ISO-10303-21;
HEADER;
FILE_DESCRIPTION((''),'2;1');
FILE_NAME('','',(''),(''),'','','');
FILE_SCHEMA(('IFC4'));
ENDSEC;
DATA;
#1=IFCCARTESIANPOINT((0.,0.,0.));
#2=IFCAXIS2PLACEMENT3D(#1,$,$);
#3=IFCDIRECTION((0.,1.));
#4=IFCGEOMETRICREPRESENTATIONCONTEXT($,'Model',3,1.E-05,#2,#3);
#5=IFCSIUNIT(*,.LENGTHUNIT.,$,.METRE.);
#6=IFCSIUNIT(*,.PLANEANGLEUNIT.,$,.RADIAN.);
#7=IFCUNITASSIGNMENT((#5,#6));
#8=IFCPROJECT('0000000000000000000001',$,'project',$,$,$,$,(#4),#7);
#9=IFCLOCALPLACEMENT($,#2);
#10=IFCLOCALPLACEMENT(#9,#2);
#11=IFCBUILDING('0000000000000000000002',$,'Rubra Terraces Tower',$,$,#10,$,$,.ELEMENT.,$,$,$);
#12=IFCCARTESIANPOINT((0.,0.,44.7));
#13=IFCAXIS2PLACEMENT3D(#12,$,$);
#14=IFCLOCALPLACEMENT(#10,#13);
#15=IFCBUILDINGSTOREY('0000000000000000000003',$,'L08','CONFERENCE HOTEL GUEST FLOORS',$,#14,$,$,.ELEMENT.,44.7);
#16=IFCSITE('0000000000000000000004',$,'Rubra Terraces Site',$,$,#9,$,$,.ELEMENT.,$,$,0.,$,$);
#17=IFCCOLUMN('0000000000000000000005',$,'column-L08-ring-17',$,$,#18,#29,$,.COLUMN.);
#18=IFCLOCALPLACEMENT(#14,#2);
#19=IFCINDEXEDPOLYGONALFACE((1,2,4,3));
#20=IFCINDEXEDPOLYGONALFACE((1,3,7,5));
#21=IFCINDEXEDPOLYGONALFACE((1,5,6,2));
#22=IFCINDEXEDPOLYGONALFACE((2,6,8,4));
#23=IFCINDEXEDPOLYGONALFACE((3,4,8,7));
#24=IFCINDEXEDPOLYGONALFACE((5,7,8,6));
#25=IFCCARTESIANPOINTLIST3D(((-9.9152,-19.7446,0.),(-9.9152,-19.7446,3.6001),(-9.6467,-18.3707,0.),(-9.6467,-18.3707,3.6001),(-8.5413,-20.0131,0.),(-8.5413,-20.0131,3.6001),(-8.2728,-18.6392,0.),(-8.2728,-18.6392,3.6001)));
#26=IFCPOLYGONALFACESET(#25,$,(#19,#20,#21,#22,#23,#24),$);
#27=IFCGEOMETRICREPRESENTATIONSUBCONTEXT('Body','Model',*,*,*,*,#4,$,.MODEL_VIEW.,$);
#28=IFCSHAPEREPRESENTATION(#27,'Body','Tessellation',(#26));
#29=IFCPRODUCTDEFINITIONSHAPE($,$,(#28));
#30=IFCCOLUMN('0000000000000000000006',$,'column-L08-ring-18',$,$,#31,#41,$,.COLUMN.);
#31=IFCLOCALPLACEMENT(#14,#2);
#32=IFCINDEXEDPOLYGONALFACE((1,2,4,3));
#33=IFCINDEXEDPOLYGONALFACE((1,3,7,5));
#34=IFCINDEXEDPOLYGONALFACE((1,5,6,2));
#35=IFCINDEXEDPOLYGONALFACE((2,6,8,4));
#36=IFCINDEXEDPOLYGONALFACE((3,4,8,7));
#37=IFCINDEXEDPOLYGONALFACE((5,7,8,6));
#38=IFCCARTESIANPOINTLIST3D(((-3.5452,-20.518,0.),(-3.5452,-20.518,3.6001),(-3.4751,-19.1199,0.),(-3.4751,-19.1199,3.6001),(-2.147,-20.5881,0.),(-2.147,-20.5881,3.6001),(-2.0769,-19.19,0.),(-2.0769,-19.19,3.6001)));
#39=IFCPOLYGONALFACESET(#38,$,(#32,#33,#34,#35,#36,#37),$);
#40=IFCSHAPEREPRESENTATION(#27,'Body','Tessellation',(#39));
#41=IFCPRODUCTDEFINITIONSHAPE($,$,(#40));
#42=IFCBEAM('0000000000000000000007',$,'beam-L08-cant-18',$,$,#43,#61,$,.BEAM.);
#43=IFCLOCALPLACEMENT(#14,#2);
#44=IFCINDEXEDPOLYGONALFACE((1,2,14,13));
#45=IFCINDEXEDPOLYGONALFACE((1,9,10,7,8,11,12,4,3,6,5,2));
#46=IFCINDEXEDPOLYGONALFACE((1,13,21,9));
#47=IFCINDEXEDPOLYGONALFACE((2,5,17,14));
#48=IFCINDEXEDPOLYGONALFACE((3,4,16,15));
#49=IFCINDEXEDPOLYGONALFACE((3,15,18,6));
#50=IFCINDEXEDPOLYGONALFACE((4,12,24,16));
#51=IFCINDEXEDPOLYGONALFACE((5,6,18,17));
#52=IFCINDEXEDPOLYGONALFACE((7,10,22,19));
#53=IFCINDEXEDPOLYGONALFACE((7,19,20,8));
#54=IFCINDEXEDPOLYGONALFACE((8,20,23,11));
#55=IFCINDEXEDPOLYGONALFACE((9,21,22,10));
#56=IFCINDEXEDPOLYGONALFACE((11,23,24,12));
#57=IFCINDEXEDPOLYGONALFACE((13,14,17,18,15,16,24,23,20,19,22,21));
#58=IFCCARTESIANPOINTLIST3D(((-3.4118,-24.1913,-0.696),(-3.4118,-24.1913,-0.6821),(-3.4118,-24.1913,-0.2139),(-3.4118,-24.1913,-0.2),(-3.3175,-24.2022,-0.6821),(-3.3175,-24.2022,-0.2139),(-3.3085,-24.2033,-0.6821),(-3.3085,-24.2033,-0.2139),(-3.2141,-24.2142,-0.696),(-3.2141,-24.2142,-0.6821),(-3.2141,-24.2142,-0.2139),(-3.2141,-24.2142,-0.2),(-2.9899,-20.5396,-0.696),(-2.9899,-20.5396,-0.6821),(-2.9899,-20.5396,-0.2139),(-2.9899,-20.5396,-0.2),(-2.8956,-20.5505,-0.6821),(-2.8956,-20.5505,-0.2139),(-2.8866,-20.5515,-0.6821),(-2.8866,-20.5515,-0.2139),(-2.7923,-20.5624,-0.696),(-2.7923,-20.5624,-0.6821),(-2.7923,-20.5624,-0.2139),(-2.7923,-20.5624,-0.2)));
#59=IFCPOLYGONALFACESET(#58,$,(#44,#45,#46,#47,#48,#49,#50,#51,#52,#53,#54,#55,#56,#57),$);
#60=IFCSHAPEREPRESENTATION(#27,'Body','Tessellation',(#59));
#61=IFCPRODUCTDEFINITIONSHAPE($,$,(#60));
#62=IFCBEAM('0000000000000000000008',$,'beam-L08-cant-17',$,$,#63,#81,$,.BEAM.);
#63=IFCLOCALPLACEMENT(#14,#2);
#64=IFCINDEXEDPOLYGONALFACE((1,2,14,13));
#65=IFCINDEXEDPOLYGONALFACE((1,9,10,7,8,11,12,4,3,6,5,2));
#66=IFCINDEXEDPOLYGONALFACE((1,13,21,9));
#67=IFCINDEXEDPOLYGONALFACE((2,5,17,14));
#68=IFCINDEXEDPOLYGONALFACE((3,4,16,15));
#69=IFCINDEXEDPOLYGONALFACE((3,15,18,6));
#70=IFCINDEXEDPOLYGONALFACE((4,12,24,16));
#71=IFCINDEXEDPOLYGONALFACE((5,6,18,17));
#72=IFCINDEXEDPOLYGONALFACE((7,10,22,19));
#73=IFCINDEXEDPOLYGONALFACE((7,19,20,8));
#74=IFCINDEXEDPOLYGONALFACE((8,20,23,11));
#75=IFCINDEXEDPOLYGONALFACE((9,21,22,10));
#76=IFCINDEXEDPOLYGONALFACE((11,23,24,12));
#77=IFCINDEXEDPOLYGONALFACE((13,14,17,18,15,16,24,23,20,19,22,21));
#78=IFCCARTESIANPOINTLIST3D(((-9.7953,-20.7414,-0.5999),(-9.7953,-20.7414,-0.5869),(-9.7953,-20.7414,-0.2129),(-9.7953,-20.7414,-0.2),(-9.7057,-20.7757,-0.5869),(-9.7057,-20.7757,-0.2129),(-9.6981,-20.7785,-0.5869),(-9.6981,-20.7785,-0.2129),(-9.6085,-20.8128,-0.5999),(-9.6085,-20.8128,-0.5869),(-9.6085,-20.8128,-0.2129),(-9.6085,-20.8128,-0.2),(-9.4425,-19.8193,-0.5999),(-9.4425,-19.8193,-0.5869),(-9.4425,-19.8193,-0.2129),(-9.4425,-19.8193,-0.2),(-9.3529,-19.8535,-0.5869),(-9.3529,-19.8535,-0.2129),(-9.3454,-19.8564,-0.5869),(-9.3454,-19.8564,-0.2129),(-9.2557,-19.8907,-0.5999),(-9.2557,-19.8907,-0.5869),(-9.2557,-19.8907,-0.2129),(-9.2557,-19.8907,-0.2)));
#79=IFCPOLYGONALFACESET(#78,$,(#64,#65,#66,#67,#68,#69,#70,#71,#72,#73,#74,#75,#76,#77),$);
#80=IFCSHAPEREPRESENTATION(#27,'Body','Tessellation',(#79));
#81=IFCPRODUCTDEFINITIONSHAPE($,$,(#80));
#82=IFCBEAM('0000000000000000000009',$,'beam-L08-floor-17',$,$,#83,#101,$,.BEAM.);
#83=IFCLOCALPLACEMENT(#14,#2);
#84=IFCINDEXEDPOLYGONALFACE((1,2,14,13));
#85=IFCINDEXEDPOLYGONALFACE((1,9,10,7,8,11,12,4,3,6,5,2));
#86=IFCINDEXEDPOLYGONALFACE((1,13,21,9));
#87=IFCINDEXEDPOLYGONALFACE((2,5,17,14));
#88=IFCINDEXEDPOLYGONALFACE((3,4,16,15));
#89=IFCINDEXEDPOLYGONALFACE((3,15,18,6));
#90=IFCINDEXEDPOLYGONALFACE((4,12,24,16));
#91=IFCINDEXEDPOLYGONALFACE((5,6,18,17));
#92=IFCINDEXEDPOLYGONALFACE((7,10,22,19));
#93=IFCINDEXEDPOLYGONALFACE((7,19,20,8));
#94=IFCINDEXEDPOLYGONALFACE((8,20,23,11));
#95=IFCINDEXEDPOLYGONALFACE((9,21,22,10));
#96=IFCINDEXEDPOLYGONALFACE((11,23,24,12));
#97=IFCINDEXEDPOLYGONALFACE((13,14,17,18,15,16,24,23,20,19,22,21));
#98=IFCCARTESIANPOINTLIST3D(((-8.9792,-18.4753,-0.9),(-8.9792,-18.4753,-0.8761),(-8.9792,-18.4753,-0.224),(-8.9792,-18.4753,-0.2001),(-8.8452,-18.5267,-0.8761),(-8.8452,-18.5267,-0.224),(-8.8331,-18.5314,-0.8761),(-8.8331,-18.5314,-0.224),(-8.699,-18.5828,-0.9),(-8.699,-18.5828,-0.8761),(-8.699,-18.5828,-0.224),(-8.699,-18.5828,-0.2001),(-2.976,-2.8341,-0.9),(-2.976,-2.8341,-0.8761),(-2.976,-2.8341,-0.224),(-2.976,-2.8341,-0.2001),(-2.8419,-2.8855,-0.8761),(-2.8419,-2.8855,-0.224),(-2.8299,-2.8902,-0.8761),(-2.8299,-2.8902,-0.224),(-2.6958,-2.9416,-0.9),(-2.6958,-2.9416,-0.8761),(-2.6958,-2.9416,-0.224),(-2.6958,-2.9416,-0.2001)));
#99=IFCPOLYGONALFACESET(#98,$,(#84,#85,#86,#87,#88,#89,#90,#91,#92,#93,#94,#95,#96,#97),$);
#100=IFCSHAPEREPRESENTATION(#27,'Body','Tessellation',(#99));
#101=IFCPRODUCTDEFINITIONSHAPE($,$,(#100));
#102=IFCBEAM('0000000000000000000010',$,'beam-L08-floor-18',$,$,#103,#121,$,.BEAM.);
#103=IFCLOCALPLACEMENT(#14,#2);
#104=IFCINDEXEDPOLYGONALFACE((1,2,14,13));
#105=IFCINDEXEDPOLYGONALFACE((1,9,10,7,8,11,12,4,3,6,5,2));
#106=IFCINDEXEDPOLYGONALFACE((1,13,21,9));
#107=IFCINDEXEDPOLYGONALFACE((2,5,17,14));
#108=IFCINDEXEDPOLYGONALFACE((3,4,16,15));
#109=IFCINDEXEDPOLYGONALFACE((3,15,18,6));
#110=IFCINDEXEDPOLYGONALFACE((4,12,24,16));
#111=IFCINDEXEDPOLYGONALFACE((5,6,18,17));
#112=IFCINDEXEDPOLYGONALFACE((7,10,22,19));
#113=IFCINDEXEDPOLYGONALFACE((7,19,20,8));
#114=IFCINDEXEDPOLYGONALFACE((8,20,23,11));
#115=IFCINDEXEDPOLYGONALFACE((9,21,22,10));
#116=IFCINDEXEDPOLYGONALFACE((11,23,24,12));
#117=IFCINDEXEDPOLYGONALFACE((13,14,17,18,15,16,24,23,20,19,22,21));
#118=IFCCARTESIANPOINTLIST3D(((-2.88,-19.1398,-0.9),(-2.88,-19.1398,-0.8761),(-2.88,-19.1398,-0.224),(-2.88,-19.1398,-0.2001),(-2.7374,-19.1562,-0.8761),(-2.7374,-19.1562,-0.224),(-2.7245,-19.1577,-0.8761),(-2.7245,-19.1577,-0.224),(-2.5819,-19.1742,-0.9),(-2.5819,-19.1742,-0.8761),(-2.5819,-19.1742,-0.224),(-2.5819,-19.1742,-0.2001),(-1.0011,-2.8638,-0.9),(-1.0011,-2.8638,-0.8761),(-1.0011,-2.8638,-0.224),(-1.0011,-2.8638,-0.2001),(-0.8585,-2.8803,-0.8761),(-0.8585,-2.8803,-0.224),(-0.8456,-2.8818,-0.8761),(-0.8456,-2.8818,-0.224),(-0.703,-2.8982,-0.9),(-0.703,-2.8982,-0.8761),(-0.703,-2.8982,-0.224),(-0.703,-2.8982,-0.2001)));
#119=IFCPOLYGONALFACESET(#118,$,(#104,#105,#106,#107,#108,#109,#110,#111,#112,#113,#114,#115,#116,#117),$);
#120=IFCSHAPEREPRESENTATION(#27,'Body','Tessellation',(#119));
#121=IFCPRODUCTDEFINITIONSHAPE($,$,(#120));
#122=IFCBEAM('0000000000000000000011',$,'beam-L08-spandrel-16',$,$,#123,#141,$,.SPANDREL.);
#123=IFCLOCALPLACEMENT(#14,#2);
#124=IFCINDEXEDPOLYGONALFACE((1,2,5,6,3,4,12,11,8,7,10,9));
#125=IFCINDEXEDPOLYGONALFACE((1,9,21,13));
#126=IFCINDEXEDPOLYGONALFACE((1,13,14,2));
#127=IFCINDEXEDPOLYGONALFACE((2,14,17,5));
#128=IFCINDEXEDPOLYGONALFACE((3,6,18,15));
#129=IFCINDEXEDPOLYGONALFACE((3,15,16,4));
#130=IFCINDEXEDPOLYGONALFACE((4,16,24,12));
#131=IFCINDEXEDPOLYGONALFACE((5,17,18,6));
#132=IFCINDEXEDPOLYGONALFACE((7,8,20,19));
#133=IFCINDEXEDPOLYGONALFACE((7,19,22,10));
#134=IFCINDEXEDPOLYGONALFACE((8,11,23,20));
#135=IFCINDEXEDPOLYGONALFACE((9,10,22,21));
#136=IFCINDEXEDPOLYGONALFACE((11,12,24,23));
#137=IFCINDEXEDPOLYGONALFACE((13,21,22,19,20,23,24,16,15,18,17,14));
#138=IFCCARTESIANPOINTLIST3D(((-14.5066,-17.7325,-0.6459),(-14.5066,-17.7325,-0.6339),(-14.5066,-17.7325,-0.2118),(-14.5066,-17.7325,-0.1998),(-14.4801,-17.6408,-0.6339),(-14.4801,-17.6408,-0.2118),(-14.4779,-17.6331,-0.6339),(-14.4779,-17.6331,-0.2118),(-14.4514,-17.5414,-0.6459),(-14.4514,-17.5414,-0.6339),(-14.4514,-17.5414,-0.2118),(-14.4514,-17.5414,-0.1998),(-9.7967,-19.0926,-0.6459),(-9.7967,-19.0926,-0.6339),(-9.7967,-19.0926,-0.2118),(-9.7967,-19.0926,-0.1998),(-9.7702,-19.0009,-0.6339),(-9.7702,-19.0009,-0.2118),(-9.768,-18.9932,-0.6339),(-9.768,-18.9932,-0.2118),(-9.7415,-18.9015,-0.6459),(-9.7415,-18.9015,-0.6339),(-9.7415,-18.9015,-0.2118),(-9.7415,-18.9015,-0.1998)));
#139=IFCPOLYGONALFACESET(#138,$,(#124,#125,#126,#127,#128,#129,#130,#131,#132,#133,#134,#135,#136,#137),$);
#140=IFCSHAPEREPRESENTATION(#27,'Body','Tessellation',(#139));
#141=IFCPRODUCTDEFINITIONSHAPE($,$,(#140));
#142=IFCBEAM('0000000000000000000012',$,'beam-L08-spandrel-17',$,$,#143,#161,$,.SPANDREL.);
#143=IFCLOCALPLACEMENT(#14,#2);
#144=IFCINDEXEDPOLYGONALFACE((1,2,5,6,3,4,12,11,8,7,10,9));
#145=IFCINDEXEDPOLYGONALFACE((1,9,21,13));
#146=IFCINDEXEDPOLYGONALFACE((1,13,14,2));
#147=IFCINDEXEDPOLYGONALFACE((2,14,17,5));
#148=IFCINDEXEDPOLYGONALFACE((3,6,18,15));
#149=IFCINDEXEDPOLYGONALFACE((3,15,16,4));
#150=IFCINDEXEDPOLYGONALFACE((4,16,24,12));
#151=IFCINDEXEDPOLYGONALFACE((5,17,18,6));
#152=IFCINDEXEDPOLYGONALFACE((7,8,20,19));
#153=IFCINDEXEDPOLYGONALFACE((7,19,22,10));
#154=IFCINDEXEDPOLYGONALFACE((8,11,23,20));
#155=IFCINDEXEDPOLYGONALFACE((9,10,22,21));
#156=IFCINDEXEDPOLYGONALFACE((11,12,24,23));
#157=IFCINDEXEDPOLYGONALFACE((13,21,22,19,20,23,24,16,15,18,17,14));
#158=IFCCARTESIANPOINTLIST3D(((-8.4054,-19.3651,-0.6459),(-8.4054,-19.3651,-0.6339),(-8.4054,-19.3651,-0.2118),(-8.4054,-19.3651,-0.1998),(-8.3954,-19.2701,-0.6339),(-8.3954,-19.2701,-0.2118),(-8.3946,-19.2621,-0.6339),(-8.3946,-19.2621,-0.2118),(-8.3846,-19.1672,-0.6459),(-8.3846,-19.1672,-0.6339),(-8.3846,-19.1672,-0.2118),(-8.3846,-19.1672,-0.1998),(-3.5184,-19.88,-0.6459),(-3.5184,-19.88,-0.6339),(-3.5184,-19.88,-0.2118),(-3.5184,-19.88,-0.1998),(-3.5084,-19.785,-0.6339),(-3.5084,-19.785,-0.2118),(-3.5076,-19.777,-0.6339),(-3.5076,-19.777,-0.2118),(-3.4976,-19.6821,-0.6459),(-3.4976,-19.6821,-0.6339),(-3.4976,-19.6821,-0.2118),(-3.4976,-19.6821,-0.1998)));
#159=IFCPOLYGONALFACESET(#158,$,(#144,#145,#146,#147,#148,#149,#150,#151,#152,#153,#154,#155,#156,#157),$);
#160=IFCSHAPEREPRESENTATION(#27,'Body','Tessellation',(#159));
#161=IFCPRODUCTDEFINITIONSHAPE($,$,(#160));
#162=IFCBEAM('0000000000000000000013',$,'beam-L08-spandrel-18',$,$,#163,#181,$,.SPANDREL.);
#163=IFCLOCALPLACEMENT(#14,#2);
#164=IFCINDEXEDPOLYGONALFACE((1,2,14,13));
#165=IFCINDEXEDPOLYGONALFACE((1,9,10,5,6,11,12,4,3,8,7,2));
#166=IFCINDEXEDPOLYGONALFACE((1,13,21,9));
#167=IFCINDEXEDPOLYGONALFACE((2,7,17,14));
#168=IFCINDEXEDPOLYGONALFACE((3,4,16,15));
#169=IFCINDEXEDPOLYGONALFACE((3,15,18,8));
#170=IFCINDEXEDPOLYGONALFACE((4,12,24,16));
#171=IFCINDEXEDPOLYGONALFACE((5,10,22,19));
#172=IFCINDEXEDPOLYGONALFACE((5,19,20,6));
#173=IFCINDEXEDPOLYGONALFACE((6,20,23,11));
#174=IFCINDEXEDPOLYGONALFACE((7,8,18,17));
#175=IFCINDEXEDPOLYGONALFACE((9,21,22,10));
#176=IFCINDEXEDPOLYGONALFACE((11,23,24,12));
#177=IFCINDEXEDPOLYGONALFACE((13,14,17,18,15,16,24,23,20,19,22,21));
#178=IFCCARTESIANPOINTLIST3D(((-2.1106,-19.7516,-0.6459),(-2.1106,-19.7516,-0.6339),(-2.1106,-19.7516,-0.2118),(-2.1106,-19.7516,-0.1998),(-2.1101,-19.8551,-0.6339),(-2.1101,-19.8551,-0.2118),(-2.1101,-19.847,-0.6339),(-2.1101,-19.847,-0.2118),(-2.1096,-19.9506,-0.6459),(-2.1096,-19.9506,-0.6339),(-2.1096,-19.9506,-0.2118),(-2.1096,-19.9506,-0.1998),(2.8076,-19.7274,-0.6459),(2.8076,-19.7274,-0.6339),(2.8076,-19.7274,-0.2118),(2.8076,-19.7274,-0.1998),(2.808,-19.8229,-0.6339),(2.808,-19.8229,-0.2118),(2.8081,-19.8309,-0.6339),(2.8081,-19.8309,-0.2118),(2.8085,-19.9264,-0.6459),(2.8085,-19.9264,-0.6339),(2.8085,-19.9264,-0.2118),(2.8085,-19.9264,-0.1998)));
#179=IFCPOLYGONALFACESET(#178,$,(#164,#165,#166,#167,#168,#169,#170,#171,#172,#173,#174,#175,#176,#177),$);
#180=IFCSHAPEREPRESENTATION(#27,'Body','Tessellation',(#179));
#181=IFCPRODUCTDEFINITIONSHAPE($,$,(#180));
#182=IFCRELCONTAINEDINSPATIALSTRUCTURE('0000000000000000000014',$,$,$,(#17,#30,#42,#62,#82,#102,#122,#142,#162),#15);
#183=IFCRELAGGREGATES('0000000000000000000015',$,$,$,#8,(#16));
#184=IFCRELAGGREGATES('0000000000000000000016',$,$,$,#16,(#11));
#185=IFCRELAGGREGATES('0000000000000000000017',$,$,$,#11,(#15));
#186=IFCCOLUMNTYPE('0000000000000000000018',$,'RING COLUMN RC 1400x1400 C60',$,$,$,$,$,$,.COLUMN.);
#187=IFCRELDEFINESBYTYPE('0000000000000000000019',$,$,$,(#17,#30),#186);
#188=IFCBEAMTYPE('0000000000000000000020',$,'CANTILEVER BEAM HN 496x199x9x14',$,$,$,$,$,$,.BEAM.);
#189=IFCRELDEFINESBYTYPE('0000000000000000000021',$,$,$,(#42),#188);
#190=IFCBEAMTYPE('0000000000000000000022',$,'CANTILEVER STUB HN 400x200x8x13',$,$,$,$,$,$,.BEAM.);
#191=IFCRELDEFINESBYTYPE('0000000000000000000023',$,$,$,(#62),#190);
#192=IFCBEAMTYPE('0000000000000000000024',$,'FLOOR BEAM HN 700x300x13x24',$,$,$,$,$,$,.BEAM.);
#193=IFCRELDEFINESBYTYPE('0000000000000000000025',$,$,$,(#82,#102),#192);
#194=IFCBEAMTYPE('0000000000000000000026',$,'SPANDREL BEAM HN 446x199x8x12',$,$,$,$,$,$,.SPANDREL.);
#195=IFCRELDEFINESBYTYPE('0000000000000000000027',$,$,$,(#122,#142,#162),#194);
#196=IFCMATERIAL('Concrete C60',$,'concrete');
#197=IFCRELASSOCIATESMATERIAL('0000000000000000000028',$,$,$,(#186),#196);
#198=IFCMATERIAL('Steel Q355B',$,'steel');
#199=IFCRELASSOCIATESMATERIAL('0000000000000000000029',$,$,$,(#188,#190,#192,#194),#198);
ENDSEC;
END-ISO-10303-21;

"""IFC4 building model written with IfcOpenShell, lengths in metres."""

from ifc_helpers import new_model, si_unit, direction, frame, origin, origin_2d, place, context, subcontext, project, spatial, rectangle, i_section, extrude, material, material_profile, profile_set, type_object, element, save


model = new_model("IFC4")

# Units and contexts
model_context = context("Model", 3, precision=1e-05, world=origin(), true_north=direction((0.0, 1.0)))
body_context = subcontext(model_context, "Body", "Model", "MODEL_VIEW")
ifc_project = project(units=[si_unit("LENGTHUNIT", "METRE"), si_unit("PLANEANGLEUNIT", "RADIAN")], contexts=[model_context])

# Site, building, storey
site_placement = place(None, origin())
site = spatial("IfcSite", under=ifc_project, at=site_placement, Name="Rubra Terraces Site", CompositionType="ELEMENT", RefElevation=0.0)
building_placement = place(site_placement, origin())
building = spatial("IfcBuilding", under=site, at=building_placement, Name="Rubra Terraces Tower", CompositionType="ELEMENT")
storey_placement = place(building_placement, frame((0.0, 0.0, 44.7)))
storey = spatial("IfcBuildingStorey", under=building, at=storey_placement, Name="L08", Description="CONFERENCE HOTEL GUEST FLOORS", CompositionType="ELEMENT", Elevation=44.7)

# Columns
ifc_material_1 = material(Name="Concrete C60", Category="concrete")
ifc_material_profile_1 = material_profile(ifc_material_1, rectangle(XDim=1.3999, YDim=1.3999, at=origin_2d()), Name="RC 1400x1400")
ifc_profile_set_1 = profile_set([ifc_material_profile_1], Name="Concrete C60")
column_type = type_object("IfcColumnType", Name="RING COLUMN RC 1400x1400 C60", PredefinedType="COLUMN", material=ifc_profile_set_1)
for number, where, z_axis, x_axis, name in (
    (1, (-9.094, -19.1919, 0.0), (0.0, 0.0, 1.0), (0.98143, -0.191819, 0.0), "column-L08-ring-17"),
    (2, (-2.811, -19.854, 0.0), (0.0, 0.0, 1.0), (0.998745, -0.050084, 0.0), "column-L08-ring-18"),
):
    element("IfcColumn", number, at=place(storey_placement, frame(where, z_axis=z_axis, x_axis=x_axis)), inside=storey, type_object=column_type, Name=name, PredefinedType="COLUMN", context=body_context, shape_type="SweptSolid", body=[
        extrude(rectangle(XDim=1.3999, YDim=1.3999, at=origin_2d()), origin(), (0.0, 0.0, 1.0), 3.6001),
    ])

# Beams
ifc_material_2 = material(Name="Steel Q355B", Category="steel")
ifc_material_profile_2 = material_profile(ifc_material_2, i_section(OverallWidth=0.199, OverallDepth=0.4961, WebThickness=0.009, FlangeThickness=0.0139, at=origin_2d()), Name="HN 496x199x9x14")
ifc_profile_set_2 = profile_set([ifc_material_profile_2], Name="Steel Q355B")
beam_type_1 = type_object("IfcBeamType", Name="CANTILEVER BEAM HN 496x199x9x14", PredefinedType="BEAM", material=ifc_profile_set_2)
beam_1_placement = place(storey_placement, frame((-2.8911, -20.551, -0.448), z_axis=(-0.11476, -0.993393, 0.0), x_axis=(0.993393, -0.11476, 0.0)))
element("IfcBeam", 3, at=beam_1_placement, inside=storey, type_object=beam_type_1, Name="beam-L08-cant-18", PredefinedType="BEAM", context=body_context, shape_type="SweptSolid", body=[
    extrude(i_section(OverallWidth=0.199, OverallDepth=0.4961, WebThickness=0.009, FlangeThickness=0.0139, at=origin_2d()), origin(), (0.0, 0.0, 1.0), 3.676),
])
ifc_material_profile_3 = material_profile(ifc_material_2, i_section(OverallWidth=0.2, OverallDepth=0.3999, WebThickness=0.0081, FlangeThickness=0.0129, at=origin_2d()), Name="HN 400x200x8x13")
ifc_profile_set_3 = profile_set([ifc_material_profile_3], Name="Steel Q355B")
beam_type_2 = type_object("IfcBeamType", Name="CANTILEVER STUB HN 400x200x8x13", PredefinedType="BEAM", material=ifc_profile_set_3)
beam_2_placement = place(storey_placement, frame((-9.3491, -19.855, -0.3999), z_axis=(-0.357321, -0.933981, 0.0), x_axis=(0.933981, -0.357321, 0.0)))
element("IfcBeam", 4, at=beam_2_placement, inside=storey, type_object=beam_type_2, Name="beam-L08-cant-17", PredefinedType="BEAM", context=body_context, shape_type="SweptSolid", body=[
    extrude(i_section(OverallWidth=0.2, OverallDepth=0.3999, WebThickness=0.0081, FlangeThickness=0.0129, at=origin_2d()), origin(), (0.0, 0.0, 1.0), 0.9873),
])
ifc_material_profile_4 = material_profile(ifc_material_2, i_section(OverallWidth=0.3, OverallDepth=0.7, WebThickness=0.0129, FlangeThickness=0.0239, at=origin_2d()), Name="HN 700x300x13x24")
ifc_profile_set_4 = profile_set([ifc_material_profile_4], Name="Steel Q355B")
beam_type_3 = type_object("IfcBeamType", Name="FLOOR BEAM HN 700x300x13x24", PredefinedType="BEAM", material=ifc_profile_set_4)
beam_3_placement = place(storey_placement, frame((-8.8391, -18.5291, -0.55), z_axis=(0.358322, 0.933598, 0.0), x_axis=(-0.933598, 0.358322, 0.0)))
element("IfcBeam", 5, at=beam_3_placement, inside=storey, type_object=beam_type_3, Name="beam-L08-floor-17", PredefinedType="BEAM", context=body_context, shape_type="SweptSolid", body=[
    extrude(i_section(OverallWidth=0.3, OverallDepth=0.7, WebThickness=0.0129, FlangeThickness=0.0239, at=origin_2d()), origin(), (0.0, 0.0, 1.0), 16.7537),
])
beam_4_placement = place(storey_placement, frame((-2.731, -19.157, -0.55), z_axis=(0.11468, 0.993403, 0.0), x_axis=(-0.993403, 0.11468, 0.0)))
element("IfcBeam", 6, at=beam_4_placement, inside=storey, type_object=beam_type_3, Name="beam-L08-floor-18", PredefinedType="BEAM", context=body_context, shape_type="SweptSolid", body=[
    extrude(i_section(OverallWidth=0.3, OverallDepth=0.7, WebThickness=0.0129, FlangeThickness=0.0239, at=origin_2d()), origin(), (0.0, 0.0, 1.0), 16.384),
])
ifc_material_profile_5 = material_profile(ifc_material_2, i_section(OverallWidth=0.199, OverallDepth=0.446, WebThickness=0.0081, FlangeThickness=0.012, at=origin_2d()), Name="HN 446x199x8x12")
ifc_profile_set_5 = profile_set([ifc_material_profile_5], Name="Steel Q355B")
beam_type_4 = type_object("IfcBeamType", Name="SPANDREL BEAM HN 446x199x8x12", PredefinedType="SPANDREL", material=ifc_profile_set_5)
beam_5_placement = place(storey_placement, frame((-14.479, -17.637, -0.4229), z_axis=(0.960744, -0.277436, 0.0), x_axis=(0.277436, 0.960744, 0.0)))
element("IfcBeam", 7, at=beam_5_placement, inside=storey, type_object=beam_type_4, Name="beam-L08-spandrel-16", PredefinedType="SPANDREL", context=body_context, shape_type="SweptSolid", body=[
    extrude(i_section(OverallWidth=0.199, OverallDepth=0.446, WebThickness=0.0081, FlangeThickness=0.012, at=origin_2d()), origin(), (0.0, 0.0, 1.0), 4.9023),
])
beam_6_placement = place(storey_placement, frame((-8.395, -19.2661, -0.4229), z_axis=(0.994495, -0.10478, 0.0), x_axis=(0.10478, 0.994495, 0.0)))
element("IfcBeam", 8, at=beam_6_placement, inside=storey, type_object=beam_type_4, Name="beam-L08-spandrel-17", PredefinedType="SPANDREL", context=body_context, shape_type="SweptSolid", body=[
    extrude(i_section(OverallWidth=0.199, OverallDepth=0.446, WebThickness=0.0081, FlangeThickness=0.012, at=origin_2d()), origin(), (0.0, 0.0, 1.0), 4.9141),
])
beam_7_placement = place(storey_placement, frame((-2.1101, -19.8511, -0.4229), z_axis=(0.999988, 0.004914, 0.0), x_axis=(-0.004914, 0.999988, 0.0)))
element("IfcBeam", 9, at=beam_7_placement, inside=storey, type_object=beam_type_4, Name="beam-L08-spandrel-18", PredefinedType="SPANDREL", context=body_context, shape_type="SweptSolid", body=[
    extrude(i_section(OverallWidth=0.199, OverallDepth=0.446, WebThickness=0.0081, FlangeThickness=0.012, at=origin_2d()), origin(), (0.0, 0.0, 1.0), 4.9182),
])

save(model, "model.ifc")
